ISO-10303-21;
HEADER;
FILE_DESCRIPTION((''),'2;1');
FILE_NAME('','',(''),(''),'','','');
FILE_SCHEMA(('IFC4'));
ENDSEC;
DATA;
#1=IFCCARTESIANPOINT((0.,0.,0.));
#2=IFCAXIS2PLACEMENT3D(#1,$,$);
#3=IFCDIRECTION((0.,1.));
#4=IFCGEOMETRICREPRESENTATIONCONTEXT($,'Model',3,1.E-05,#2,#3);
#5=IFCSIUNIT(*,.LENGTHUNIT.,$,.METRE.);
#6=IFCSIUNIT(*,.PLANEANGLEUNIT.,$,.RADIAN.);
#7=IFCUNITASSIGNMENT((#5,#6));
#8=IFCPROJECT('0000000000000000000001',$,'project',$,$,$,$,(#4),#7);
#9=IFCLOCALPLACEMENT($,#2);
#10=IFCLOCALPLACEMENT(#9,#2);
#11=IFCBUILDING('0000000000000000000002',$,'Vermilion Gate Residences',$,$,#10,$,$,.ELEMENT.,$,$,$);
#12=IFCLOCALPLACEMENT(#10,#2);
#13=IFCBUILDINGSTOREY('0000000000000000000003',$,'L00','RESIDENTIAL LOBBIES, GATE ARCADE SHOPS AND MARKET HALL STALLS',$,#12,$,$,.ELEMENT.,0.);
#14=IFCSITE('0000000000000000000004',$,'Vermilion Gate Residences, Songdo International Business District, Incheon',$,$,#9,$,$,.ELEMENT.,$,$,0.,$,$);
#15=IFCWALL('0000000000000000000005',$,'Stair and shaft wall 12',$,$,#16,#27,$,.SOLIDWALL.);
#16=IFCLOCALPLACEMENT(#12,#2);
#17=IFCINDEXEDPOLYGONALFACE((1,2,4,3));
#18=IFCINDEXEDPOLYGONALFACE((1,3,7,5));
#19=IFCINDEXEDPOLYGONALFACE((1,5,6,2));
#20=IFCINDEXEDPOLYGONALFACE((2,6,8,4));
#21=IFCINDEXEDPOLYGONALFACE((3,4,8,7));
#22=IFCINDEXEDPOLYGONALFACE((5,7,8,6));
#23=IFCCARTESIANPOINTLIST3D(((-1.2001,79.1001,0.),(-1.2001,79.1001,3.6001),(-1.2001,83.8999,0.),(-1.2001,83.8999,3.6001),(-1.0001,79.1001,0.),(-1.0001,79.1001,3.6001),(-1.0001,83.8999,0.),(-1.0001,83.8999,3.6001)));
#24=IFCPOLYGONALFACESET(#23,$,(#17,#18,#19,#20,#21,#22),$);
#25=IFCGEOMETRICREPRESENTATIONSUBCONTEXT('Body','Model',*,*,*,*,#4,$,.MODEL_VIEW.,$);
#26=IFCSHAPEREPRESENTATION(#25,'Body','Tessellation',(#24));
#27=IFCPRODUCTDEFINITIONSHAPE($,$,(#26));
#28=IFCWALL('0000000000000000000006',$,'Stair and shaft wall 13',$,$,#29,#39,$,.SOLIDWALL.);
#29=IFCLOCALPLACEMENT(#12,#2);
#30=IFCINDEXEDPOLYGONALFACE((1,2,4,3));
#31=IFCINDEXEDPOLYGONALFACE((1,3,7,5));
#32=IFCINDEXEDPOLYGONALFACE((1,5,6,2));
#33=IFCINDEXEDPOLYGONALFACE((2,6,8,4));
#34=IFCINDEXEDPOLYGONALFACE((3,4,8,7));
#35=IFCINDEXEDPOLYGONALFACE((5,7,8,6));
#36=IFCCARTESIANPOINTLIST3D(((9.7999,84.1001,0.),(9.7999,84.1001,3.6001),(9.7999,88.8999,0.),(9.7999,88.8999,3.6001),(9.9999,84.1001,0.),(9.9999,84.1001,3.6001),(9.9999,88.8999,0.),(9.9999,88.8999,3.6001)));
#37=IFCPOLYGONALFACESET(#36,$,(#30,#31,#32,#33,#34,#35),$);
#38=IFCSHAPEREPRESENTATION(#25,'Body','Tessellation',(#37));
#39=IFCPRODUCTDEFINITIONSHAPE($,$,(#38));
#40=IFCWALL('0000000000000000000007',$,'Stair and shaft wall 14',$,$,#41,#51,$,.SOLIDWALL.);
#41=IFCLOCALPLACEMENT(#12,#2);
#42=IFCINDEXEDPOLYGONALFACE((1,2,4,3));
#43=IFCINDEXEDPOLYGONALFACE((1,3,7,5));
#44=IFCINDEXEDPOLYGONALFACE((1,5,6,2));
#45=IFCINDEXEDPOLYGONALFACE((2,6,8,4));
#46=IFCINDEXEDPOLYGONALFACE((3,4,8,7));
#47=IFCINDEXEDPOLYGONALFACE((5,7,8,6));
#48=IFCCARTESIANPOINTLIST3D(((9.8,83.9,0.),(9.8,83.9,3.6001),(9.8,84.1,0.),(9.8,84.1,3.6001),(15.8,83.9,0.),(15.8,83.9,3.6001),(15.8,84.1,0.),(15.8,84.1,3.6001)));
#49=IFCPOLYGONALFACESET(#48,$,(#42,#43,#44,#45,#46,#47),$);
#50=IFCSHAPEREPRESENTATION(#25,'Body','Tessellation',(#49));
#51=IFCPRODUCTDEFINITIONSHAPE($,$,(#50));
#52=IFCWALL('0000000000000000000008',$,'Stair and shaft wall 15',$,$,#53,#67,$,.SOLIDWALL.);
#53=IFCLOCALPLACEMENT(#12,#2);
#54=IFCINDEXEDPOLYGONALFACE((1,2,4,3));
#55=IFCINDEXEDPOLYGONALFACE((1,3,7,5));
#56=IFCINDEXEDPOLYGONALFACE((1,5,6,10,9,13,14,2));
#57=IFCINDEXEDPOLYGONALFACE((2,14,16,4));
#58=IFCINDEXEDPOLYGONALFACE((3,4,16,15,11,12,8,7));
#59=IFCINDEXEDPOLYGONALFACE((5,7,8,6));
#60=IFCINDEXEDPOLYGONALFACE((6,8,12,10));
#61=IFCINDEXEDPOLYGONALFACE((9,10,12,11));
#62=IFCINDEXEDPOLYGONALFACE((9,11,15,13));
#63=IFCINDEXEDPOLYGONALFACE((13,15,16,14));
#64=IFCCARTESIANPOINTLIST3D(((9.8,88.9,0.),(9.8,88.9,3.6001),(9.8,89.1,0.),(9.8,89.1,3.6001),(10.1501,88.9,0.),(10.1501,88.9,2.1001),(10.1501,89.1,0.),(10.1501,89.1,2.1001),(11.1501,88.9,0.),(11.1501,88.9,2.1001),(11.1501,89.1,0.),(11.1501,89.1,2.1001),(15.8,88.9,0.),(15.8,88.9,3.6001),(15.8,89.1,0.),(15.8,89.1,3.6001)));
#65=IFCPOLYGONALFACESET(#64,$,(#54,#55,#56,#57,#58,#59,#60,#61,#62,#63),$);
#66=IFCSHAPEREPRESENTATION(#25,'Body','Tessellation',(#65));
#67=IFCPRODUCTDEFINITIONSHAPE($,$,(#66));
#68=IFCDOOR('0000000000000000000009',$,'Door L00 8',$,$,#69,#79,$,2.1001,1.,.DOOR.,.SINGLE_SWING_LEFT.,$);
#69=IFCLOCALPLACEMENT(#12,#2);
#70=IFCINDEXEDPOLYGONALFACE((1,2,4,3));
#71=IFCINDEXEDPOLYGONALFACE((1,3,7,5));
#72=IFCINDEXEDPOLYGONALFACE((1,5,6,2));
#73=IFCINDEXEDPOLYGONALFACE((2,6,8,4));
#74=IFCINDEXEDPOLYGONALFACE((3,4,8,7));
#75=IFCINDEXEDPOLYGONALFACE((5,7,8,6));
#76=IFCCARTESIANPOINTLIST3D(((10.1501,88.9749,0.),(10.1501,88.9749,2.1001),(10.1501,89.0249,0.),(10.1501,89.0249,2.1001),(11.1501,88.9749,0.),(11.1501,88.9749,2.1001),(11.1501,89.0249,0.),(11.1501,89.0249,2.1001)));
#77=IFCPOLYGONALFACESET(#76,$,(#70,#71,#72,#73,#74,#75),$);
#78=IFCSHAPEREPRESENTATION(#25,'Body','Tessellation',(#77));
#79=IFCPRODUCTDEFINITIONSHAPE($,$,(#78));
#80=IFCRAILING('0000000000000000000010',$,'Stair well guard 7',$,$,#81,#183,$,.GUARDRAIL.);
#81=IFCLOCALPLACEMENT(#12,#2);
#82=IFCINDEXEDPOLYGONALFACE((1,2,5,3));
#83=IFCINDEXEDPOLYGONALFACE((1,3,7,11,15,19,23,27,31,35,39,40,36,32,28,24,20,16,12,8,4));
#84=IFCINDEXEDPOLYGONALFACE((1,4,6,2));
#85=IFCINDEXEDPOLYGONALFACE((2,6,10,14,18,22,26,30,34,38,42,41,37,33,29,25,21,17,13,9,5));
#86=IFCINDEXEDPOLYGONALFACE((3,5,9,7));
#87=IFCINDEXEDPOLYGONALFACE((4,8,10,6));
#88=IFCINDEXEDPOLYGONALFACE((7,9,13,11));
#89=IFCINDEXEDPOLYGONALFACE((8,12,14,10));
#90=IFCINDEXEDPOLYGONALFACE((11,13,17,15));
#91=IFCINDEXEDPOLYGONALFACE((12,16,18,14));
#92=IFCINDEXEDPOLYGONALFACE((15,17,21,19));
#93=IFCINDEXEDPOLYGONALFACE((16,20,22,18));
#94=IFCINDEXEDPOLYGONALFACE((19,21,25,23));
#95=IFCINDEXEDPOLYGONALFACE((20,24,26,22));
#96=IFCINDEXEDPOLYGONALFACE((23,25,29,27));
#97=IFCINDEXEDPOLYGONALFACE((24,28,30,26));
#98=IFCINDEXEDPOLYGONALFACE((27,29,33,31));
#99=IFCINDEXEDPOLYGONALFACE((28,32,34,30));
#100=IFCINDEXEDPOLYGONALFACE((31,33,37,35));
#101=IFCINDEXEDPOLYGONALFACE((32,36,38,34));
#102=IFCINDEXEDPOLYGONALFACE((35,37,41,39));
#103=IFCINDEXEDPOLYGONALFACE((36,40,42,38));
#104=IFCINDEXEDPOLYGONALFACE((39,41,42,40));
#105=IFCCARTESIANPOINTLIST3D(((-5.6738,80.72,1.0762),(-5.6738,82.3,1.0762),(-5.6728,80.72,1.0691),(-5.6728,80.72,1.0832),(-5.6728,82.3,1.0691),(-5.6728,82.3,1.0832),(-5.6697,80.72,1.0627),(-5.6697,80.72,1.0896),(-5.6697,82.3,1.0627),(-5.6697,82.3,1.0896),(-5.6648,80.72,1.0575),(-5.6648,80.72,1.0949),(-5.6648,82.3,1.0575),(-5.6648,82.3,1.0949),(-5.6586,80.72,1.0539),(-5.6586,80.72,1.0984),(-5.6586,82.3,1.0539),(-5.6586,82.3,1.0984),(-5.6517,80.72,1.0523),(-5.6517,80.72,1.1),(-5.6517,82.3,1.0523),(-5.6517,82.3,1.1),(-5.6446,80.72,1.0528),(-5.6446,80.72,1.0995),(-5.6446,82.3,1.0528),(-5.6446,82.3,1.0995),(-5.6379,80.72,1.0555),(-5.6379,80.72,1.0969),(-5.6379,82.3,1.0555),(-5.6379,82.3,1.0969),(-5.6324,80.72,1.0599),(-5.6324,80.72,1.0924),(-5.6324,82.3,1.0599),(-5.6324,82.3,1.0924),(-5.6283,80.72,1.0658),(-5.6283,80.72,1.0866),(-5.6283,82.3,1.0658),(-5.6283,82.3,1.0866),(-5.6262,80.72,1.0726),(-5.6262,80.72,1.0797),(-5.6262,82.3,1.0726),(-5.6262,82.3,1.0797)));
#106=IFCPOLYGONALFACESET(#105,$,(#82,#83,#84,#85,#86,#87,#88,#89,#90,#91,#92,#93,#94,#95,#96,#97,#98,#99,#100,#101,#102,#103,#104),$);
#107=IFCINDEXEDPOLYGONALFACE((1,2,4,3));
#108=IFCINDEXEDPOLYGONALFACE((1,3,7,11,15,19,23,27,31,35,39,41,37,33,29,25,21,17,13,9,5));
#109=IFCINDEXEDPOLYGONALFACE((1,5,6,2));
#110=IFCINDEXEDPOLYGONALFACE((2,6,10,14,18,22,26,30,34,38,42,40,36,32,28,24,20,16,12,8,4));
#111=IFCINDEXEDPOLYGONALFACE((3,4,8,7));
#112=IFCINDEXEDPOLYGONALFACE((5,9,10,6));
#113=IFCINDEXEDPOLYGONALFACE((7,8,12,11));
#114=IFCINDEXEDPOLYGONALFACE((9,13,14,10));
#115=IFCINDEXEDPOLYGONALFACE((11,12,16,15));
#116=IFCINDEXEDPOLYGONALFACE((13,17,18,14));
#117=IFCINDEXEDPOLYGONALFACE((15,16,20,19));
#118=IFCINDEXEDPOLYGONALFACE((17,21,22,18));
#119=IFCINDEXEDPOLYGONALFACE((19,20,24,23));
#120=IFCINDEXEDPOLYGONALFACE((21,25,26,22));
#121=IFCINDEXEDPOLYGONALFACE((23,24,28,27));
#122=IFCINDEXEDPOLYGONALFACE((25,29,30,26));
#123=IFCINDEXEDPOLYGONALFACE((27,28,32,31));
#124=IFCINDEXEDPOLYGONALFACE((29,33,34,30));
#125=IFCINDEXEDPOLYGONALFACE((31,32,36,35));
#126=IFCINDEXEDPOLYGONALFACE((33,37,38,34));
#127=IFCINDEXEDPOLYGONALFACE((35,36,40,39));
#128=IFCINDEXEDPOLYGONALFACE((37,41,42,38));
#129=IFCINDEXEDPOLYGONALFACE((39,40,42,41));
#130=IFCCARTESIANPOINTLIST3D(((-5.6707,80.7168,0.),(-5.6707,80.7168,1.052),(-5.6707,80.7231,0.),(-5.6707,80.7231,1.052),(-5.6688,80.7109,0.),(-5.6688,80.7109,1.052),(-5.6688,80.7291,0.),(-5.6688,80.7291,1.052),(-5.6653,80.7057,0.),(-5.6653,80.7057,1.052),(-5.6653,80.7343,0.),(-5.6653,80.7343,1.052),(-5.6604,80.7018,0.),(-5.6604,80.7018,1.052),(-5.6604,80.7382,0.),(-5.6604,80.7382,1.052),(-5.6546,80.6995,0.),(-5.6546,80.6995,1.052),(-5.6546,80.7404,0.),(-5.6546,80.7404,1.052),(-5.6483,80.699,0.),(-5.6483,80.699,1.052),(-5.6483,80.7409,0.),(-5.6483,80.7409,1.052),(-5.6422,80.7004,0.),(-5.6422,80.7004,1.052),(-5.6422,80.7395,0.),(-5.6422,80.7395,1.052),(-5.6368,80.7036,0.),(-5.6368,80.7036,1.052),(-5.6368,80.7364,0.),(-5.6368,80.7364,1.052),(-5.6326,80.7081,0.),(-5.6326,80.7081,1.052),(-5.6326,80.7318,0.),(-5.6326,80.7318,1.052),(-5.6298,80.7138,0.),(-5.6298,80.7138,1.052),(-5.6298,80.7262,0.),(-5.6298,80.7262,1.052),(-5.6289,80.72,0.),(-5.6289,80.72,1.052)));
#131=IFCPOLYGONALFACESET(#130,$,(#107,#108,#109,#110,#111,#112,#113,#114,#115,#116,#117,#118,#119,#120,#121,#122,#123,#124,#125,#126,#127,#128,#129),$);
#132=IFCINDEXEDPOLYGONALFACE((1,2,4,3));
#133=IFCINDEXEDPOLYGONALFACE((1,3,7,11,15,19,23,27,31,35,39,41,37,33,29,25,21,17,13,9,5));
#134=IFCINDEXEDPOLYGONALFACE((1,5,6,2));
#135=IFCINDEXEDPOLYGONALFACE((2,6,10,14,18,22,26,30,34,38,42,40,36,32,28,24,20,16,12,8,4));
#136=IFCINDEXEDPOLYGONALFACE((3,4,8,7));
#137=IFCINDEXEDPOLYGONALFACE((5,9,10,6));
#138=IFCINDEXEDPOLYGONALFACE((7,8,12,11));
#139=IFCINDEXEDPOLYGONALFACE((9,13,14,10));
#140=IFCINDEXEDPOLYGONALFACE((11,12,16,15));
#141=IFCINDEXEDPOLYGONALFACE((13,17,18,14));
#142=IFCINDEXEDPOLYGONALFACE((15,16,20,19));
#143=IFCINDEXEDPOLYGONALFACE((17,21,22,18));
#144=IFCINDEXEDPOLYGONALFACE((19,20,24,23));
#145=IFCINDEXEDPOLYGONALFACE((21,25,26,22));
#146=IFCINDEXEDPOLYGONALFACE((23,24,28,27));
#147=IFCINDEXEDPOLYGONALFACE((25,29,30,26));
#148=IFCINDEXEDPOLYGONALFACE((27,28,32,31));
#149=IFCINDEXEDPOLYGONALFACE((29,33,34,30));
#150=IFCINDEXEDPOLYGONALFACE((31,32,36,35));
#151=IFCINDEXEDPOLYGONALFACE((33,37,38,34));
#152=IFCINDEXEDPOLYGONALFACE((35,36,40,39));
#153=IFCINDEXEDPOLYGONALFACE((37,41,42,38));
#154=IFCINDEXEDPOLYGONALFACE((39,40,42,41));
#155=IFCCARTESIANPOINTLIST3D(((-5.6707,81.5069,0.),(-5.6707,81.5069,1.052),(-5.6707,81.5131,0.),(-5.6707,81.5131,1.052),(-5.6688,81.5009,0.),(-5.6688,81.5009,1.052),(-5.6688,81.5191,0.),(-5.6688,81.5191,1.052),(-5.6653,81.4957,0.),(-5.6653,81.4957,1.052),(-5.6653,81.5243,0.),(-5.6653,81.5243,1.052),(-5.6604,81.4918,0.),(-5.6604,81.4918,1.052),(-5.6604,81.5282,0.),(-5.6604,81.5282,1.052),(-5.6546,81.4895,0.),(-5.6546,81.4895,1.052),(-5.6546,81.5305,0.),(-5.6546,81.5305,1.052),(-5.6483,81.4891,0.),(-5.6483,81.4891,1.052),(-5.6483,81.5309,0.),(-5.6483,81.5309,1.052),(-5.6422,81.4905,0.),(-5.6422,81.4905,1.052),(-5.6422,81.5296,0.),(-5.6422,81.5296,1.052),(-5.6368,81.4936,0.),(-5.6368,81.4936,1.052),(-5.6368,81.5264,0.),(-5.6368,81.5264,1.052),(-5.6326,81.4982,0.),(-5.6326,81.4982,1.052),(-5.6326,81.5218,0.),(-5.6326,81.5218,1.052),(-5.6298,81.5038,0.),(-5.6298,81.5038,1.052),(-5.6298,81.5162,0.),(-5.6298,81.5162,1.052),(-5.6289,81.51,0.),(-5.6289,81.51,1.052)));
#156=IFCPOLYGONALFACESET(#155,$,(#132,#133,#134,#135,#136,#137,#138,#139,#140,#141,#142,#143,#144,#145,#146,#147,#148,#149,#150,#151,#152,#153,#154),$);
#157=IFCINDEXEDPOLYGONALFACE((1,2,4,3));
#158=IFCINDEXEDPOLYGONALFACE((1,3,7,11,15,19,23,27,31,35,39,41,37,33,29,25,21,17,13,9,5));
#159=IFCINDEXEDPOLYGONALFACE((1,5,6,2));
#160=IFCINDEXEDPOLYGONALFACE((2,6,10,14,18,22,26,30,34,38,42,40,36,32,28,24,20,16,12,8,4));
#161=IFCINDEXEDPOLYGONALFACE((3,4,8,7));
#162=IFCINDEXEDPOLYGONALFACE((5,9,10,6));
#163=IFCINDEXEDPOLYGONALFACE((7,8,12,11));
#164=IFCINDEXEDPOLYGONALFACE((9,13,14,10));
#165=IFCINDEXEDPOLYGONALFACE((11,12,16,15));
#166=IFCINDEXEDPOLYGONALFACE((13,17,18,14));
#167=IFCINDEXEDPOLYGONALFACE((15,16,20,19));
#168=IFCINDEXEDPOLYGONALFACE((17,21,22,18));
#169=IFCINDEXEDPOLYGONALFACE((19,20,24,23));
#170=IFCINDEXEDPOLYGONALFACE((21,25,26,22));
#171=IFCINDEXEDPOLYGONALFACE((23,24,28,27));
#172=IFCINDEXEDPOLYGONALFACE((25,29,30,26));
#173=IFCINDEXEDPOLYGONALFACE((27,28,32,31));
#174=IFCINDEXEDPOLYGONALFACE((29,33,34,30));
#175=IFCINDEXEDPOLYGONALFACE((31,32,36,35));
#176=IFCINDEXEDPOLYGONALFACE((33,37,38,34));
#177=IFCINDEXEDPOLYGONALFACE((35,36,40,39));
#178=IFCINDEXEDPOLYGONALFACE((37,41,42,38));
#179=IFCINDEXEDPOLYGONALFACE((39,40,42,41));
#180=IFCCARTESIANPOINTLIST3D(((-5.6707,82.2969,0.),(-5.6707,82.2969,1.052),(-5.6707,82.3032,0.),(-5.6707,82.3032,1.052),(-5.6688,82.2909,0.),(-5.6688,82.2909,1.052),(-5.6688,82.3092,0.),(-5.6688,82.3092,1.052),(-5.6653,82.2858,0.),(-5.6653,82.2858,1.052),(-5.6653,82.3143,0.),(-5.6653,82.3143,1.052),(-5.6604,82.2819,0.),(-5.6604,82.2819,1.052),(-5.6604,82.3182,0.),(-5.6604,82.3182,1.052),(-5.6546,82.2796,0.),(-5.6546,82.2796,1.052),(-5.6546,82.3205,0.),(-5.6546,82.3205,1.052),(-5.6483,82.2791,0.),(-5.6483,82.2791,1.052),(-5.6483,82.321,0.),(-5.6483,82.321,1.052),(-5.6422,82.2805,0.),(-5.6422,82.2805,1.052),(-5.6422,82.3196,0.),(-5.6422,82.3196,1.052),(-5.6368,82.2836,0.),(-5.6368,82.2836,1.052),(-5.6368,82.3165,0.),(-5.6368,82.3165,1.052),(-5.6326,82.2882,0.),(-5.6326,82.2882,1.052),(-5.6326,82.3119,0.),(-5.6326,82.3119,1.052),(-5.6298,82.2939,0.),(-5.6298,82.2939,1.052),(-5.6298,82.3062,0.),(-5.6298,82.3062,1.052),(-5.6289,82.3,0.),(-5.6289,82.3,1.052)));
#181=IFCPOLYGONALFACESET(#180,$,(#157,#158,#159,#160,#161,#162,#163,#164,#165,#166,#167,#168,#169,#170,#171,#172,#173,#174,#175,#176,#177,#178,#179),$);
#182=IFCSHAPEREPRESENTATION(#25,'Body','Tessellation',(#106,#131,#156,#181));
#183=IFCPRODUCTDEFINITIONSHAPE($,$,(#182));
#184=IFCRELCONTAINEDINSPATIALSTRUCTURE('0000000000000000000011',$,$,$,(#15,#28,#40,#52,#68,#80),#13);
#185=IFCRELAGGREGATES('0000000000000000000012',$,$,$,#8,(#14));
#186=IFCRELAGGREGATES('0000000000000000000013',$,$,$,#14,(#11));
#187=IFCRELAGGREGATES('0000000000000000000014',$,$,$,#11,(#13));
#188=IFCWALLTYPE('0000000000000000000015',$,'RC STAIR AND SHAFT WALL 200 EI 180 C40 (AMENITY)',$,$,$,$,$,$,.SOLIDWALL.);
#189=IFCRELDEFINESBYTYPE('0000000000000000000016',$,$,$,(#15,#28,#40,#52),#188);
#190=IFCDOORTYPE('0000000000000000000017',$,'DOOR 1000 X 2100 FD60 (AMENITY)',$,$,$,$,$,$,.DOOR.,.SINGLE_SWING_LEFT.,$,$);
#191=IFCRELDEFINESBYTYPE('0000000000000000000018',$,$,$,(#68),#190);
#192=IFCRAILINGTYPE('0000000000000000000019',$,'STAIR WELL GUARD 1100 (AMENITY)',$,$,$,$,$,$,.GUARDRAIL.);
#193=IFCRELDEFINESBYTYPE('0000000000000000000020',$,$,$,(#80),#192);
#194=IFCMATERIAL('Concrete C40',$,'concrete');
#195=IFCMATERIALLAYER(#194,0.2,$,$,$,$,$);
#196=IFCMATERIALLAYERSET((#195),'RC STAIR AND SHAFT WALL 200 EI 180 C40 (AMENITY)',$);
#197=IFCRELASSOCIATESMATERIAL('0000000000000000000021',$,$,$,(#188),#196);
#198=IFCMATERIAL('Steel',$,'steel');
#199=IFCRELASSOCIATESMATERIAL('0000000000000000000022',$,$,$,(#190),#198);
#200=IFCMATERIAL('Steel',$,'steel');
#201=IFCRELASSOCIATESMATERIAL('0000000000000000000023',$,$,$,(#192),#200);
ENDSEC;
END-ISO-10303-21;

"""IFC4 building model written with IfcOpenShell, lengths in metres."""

from ifc_helpers import new_model, si_unit, direction, frame, frame_2d, origin, origin_2d, place, context, subcontext, project, spatial, rectangle, circle, extrude, material, layer, layer_set, type_object, element, fill, save


model = new_model("IFC4")

# Units and contexts
model_context = context("Model", 3, precision=1e-05, world=origin(), true_north=direction((0.0, 1.0)))
body_context = subcontext(model_context, "Body", "Model", "MODEL_VIEW")
ifc_project = project(units=[si_unit("LENGTHUNIT", "METRE"), si_unit("PLANEANGLEUNIT", "RADIAN")], contexts=[model_context])

# Site, building, storey
site_placement = place(None, origin())
site = spatial("IfcSite", under=ifc_project, at=site_placement, Name="Vermilion Gate Residences, Songdo International Business District, Incheon", CompositionType="ELEMENT", RefElevation=0.0)
building_placement = place(site_placement, origin())
building = spatial("IfcBuilding", under=site, at=building_placement, Name="Vermilion Gate Residences", CompositionType="ELEMENT")
storey_placement = place(building_placement, origin())
storey = spatial("IfcBuildingStorey", under=building, at=storey_placement, Name="L00", Description="RESIDENTIAL LOBBIES, GATE ARCADE SHOPS AND MARKET HALL STALLS", CompositionType="ELEMENT", Elevation=0.0)

# Shared definitions
ifc_material_1 = material(Name="Concrete C40", Category="concrete")
ifc_layer_1 = layer(ifc_material_1, 0.2)
ifc_layer_set_1 = layer_set([ifc_layer_1], Name="RC STAIR AND SHAFT WALL 200 EI 180 C40 (AMENITY)")
wall_type_1 = type_object("IfcWallType", Name="RC STAIR AND SHAFT WALL 200 EI 180 C40 (AMENITY)", PredefinedType="SOLIDWALL", material=ifc_layer_set_1)

# Shared definitions
ifc_material_2 = material(Name="Steel", Category="steel")
door_type_1 = type_object("IfcDoorType", Name="DOOR 1000 X 2100 FD60 (AMENITY)", OperationType="SINGLE_SWING_LEFT", PredefinedType="DOOR", material=ifc_material_2)

# Walls
for number, where, z_axis, x_axis, name in (
    (1, (-1.1001, 79.1001, 0.0), (0.0, 0.0, 1.0), (0.0, 1.0, 0.0), "Stair and shaft wall 12"),
    (2, (9.8999, 84.1001, 0.0), (0.0, 0.0, 1.0), (0.0, 1.0, 0.0), "Stair and shaft wall 13"),
):
    element("IfcWall", number, at=place(storey_placement, frame(where, z_axis=z_axis, x_axis=x_axis)), inside=storey, type_object=wall_type_1, Name=name, PredefinedType="SOLIDWALL", context=body_context, shape_type="SweptSolid", body=[
        extrude(rectangle(XDim=4.7998, YDim=0.2, at=frame_2d((2.3999, 0.0))), origin(), (0.0, 0.0, 1.0), 3.6001),
    ])
wall_1_placement = place(storey_placement, frame((9.8, 84.0, 0.0), z_axis=(0.0, 0.0, 1.0), x_axis=(1.0, 0.0, 0.0)))
element("IfcWall", 3, at=wall_1_placement, inside=storey, type_object=wall_type_1, Name="Stair and shaft wall 14", PredefinedType="SOLIDWALL", context=body_context, shape_type="SweptSolid", body=[
    extrude(rectangle(XDim=6.0, YDim=0.2, at=frame_2d((3.0, 0.0))), origin(), (0.0, 0.0, 1.0), 3.6001),
])

# Wall, opening, door
wall_2_placement = place(storey_placement, frame((9.8, 89.0, 0.0), z_axis=(0.0, 0.0, 1.0), x_axis=(1.0, 0.0, 0.0)))
wall_2 = element("IfcWall", 4, at=wall_2_placement, inside=storey, type_object=wall_type_1, Name="Stair and shaft wall 15", PredefinedType="SOLIDWALL", context=body_context, shape_type="SweptSolid", body=[
    extrude(rectangle(XDim=6.0, YDim=0.2, at=frame_2d((3.0, 0.0))), origin(), (0.0, 0.0, 1.0), 3.6001),
])
opening_1_placement = place(wall_2_placement, frame((0.3501, 0.0, 0.0)))
opening_1 = element("IfcOpeningElement", 5, at=opening_1_placement, cuts=wall_2, PredefinedType="OPENING", context=body_context, shape_type="SweptSolid", body=[
    extrude(rectangle(XDim=1.0, YDim=2.1001, at=frame_2d((0.5, 1.05))), frame((0.0, 0.1099, 0.0), z_axis=(0.0, -1.0, 0.0), x_axis=(1.0, 0.0, 0.0)), (0.0, 0.0, 1.0), 0.22),
])
door_1_placement = place(opening_1_placement, origin())
door_1 = element("IfcDoor", 6, at=door_1_placement, inside=storey, type_object=door_type_1, Name="Door L00 8", OperationType="SINGLE_SWING_LEFT", OverallHeight=2.1001, OverallWidth=1.0, PredefinedType="DOOR", context=body_context, shape_type="SweptSolid", body=[
    extrude(rectangle(XDim=1.0, YDim=2.1001, at=frame_2d((0.5, 1.05))), frame((0.0, 0.0249, 0.0), z_axis=(0.0, -1.0, 0.0), x_axis=(1.0, 0.0, 0.0)), (0.0, 0.0, 1.0), 0.05),
])
fill(opening_1, door_1)

# Railing
ifc_material_3 = material(Name="Steel", Category="steel")
railing_type = type_object("IfcRailingType", Name="STAIR WELL GUARD 1100 (AMENITY)", PredefinedType="GUARDRAIL", material=ifc_material_3)
railing_1_placement = place(storey_placement, frame((-5.6499, 80.72, 0.0)))
element("IfcRailing", 7, at=railing_1_placement, inside=storey, type_object=railing_type, Name="Stair well guard 7", PredefinedType="GUARDRAIL", context=body_context, shape_type="SweptSolid", body=[
    extrude(circle(Radius=0.0239, at=origin_2d()), frame((0.0, 0.0, 1.0762), z_axis=(0.0, 1.0, 0.0), x_axis=(-1.0, 0.0, 0.0)), (0.0, 0.0, 1.0), 1.5801),
    extrude(circle(Radius=0.021, at=origin_2d()), origin(), (0.0, 0.0, 1.0), 1.052),
    extrude(circle(Radius=0.021, at=origin_2d()), frame((0.0, 0.79, 0.0)), (0.0, 0.0, 1.0), 1.052),
    extrude(circle(Radius=0.021, at=origin_2d()), frame((0.0, 1.5801, 0.0)), (0.0, 0.0, 1.0), 1.052),
])

save(model, "model.ifc")
